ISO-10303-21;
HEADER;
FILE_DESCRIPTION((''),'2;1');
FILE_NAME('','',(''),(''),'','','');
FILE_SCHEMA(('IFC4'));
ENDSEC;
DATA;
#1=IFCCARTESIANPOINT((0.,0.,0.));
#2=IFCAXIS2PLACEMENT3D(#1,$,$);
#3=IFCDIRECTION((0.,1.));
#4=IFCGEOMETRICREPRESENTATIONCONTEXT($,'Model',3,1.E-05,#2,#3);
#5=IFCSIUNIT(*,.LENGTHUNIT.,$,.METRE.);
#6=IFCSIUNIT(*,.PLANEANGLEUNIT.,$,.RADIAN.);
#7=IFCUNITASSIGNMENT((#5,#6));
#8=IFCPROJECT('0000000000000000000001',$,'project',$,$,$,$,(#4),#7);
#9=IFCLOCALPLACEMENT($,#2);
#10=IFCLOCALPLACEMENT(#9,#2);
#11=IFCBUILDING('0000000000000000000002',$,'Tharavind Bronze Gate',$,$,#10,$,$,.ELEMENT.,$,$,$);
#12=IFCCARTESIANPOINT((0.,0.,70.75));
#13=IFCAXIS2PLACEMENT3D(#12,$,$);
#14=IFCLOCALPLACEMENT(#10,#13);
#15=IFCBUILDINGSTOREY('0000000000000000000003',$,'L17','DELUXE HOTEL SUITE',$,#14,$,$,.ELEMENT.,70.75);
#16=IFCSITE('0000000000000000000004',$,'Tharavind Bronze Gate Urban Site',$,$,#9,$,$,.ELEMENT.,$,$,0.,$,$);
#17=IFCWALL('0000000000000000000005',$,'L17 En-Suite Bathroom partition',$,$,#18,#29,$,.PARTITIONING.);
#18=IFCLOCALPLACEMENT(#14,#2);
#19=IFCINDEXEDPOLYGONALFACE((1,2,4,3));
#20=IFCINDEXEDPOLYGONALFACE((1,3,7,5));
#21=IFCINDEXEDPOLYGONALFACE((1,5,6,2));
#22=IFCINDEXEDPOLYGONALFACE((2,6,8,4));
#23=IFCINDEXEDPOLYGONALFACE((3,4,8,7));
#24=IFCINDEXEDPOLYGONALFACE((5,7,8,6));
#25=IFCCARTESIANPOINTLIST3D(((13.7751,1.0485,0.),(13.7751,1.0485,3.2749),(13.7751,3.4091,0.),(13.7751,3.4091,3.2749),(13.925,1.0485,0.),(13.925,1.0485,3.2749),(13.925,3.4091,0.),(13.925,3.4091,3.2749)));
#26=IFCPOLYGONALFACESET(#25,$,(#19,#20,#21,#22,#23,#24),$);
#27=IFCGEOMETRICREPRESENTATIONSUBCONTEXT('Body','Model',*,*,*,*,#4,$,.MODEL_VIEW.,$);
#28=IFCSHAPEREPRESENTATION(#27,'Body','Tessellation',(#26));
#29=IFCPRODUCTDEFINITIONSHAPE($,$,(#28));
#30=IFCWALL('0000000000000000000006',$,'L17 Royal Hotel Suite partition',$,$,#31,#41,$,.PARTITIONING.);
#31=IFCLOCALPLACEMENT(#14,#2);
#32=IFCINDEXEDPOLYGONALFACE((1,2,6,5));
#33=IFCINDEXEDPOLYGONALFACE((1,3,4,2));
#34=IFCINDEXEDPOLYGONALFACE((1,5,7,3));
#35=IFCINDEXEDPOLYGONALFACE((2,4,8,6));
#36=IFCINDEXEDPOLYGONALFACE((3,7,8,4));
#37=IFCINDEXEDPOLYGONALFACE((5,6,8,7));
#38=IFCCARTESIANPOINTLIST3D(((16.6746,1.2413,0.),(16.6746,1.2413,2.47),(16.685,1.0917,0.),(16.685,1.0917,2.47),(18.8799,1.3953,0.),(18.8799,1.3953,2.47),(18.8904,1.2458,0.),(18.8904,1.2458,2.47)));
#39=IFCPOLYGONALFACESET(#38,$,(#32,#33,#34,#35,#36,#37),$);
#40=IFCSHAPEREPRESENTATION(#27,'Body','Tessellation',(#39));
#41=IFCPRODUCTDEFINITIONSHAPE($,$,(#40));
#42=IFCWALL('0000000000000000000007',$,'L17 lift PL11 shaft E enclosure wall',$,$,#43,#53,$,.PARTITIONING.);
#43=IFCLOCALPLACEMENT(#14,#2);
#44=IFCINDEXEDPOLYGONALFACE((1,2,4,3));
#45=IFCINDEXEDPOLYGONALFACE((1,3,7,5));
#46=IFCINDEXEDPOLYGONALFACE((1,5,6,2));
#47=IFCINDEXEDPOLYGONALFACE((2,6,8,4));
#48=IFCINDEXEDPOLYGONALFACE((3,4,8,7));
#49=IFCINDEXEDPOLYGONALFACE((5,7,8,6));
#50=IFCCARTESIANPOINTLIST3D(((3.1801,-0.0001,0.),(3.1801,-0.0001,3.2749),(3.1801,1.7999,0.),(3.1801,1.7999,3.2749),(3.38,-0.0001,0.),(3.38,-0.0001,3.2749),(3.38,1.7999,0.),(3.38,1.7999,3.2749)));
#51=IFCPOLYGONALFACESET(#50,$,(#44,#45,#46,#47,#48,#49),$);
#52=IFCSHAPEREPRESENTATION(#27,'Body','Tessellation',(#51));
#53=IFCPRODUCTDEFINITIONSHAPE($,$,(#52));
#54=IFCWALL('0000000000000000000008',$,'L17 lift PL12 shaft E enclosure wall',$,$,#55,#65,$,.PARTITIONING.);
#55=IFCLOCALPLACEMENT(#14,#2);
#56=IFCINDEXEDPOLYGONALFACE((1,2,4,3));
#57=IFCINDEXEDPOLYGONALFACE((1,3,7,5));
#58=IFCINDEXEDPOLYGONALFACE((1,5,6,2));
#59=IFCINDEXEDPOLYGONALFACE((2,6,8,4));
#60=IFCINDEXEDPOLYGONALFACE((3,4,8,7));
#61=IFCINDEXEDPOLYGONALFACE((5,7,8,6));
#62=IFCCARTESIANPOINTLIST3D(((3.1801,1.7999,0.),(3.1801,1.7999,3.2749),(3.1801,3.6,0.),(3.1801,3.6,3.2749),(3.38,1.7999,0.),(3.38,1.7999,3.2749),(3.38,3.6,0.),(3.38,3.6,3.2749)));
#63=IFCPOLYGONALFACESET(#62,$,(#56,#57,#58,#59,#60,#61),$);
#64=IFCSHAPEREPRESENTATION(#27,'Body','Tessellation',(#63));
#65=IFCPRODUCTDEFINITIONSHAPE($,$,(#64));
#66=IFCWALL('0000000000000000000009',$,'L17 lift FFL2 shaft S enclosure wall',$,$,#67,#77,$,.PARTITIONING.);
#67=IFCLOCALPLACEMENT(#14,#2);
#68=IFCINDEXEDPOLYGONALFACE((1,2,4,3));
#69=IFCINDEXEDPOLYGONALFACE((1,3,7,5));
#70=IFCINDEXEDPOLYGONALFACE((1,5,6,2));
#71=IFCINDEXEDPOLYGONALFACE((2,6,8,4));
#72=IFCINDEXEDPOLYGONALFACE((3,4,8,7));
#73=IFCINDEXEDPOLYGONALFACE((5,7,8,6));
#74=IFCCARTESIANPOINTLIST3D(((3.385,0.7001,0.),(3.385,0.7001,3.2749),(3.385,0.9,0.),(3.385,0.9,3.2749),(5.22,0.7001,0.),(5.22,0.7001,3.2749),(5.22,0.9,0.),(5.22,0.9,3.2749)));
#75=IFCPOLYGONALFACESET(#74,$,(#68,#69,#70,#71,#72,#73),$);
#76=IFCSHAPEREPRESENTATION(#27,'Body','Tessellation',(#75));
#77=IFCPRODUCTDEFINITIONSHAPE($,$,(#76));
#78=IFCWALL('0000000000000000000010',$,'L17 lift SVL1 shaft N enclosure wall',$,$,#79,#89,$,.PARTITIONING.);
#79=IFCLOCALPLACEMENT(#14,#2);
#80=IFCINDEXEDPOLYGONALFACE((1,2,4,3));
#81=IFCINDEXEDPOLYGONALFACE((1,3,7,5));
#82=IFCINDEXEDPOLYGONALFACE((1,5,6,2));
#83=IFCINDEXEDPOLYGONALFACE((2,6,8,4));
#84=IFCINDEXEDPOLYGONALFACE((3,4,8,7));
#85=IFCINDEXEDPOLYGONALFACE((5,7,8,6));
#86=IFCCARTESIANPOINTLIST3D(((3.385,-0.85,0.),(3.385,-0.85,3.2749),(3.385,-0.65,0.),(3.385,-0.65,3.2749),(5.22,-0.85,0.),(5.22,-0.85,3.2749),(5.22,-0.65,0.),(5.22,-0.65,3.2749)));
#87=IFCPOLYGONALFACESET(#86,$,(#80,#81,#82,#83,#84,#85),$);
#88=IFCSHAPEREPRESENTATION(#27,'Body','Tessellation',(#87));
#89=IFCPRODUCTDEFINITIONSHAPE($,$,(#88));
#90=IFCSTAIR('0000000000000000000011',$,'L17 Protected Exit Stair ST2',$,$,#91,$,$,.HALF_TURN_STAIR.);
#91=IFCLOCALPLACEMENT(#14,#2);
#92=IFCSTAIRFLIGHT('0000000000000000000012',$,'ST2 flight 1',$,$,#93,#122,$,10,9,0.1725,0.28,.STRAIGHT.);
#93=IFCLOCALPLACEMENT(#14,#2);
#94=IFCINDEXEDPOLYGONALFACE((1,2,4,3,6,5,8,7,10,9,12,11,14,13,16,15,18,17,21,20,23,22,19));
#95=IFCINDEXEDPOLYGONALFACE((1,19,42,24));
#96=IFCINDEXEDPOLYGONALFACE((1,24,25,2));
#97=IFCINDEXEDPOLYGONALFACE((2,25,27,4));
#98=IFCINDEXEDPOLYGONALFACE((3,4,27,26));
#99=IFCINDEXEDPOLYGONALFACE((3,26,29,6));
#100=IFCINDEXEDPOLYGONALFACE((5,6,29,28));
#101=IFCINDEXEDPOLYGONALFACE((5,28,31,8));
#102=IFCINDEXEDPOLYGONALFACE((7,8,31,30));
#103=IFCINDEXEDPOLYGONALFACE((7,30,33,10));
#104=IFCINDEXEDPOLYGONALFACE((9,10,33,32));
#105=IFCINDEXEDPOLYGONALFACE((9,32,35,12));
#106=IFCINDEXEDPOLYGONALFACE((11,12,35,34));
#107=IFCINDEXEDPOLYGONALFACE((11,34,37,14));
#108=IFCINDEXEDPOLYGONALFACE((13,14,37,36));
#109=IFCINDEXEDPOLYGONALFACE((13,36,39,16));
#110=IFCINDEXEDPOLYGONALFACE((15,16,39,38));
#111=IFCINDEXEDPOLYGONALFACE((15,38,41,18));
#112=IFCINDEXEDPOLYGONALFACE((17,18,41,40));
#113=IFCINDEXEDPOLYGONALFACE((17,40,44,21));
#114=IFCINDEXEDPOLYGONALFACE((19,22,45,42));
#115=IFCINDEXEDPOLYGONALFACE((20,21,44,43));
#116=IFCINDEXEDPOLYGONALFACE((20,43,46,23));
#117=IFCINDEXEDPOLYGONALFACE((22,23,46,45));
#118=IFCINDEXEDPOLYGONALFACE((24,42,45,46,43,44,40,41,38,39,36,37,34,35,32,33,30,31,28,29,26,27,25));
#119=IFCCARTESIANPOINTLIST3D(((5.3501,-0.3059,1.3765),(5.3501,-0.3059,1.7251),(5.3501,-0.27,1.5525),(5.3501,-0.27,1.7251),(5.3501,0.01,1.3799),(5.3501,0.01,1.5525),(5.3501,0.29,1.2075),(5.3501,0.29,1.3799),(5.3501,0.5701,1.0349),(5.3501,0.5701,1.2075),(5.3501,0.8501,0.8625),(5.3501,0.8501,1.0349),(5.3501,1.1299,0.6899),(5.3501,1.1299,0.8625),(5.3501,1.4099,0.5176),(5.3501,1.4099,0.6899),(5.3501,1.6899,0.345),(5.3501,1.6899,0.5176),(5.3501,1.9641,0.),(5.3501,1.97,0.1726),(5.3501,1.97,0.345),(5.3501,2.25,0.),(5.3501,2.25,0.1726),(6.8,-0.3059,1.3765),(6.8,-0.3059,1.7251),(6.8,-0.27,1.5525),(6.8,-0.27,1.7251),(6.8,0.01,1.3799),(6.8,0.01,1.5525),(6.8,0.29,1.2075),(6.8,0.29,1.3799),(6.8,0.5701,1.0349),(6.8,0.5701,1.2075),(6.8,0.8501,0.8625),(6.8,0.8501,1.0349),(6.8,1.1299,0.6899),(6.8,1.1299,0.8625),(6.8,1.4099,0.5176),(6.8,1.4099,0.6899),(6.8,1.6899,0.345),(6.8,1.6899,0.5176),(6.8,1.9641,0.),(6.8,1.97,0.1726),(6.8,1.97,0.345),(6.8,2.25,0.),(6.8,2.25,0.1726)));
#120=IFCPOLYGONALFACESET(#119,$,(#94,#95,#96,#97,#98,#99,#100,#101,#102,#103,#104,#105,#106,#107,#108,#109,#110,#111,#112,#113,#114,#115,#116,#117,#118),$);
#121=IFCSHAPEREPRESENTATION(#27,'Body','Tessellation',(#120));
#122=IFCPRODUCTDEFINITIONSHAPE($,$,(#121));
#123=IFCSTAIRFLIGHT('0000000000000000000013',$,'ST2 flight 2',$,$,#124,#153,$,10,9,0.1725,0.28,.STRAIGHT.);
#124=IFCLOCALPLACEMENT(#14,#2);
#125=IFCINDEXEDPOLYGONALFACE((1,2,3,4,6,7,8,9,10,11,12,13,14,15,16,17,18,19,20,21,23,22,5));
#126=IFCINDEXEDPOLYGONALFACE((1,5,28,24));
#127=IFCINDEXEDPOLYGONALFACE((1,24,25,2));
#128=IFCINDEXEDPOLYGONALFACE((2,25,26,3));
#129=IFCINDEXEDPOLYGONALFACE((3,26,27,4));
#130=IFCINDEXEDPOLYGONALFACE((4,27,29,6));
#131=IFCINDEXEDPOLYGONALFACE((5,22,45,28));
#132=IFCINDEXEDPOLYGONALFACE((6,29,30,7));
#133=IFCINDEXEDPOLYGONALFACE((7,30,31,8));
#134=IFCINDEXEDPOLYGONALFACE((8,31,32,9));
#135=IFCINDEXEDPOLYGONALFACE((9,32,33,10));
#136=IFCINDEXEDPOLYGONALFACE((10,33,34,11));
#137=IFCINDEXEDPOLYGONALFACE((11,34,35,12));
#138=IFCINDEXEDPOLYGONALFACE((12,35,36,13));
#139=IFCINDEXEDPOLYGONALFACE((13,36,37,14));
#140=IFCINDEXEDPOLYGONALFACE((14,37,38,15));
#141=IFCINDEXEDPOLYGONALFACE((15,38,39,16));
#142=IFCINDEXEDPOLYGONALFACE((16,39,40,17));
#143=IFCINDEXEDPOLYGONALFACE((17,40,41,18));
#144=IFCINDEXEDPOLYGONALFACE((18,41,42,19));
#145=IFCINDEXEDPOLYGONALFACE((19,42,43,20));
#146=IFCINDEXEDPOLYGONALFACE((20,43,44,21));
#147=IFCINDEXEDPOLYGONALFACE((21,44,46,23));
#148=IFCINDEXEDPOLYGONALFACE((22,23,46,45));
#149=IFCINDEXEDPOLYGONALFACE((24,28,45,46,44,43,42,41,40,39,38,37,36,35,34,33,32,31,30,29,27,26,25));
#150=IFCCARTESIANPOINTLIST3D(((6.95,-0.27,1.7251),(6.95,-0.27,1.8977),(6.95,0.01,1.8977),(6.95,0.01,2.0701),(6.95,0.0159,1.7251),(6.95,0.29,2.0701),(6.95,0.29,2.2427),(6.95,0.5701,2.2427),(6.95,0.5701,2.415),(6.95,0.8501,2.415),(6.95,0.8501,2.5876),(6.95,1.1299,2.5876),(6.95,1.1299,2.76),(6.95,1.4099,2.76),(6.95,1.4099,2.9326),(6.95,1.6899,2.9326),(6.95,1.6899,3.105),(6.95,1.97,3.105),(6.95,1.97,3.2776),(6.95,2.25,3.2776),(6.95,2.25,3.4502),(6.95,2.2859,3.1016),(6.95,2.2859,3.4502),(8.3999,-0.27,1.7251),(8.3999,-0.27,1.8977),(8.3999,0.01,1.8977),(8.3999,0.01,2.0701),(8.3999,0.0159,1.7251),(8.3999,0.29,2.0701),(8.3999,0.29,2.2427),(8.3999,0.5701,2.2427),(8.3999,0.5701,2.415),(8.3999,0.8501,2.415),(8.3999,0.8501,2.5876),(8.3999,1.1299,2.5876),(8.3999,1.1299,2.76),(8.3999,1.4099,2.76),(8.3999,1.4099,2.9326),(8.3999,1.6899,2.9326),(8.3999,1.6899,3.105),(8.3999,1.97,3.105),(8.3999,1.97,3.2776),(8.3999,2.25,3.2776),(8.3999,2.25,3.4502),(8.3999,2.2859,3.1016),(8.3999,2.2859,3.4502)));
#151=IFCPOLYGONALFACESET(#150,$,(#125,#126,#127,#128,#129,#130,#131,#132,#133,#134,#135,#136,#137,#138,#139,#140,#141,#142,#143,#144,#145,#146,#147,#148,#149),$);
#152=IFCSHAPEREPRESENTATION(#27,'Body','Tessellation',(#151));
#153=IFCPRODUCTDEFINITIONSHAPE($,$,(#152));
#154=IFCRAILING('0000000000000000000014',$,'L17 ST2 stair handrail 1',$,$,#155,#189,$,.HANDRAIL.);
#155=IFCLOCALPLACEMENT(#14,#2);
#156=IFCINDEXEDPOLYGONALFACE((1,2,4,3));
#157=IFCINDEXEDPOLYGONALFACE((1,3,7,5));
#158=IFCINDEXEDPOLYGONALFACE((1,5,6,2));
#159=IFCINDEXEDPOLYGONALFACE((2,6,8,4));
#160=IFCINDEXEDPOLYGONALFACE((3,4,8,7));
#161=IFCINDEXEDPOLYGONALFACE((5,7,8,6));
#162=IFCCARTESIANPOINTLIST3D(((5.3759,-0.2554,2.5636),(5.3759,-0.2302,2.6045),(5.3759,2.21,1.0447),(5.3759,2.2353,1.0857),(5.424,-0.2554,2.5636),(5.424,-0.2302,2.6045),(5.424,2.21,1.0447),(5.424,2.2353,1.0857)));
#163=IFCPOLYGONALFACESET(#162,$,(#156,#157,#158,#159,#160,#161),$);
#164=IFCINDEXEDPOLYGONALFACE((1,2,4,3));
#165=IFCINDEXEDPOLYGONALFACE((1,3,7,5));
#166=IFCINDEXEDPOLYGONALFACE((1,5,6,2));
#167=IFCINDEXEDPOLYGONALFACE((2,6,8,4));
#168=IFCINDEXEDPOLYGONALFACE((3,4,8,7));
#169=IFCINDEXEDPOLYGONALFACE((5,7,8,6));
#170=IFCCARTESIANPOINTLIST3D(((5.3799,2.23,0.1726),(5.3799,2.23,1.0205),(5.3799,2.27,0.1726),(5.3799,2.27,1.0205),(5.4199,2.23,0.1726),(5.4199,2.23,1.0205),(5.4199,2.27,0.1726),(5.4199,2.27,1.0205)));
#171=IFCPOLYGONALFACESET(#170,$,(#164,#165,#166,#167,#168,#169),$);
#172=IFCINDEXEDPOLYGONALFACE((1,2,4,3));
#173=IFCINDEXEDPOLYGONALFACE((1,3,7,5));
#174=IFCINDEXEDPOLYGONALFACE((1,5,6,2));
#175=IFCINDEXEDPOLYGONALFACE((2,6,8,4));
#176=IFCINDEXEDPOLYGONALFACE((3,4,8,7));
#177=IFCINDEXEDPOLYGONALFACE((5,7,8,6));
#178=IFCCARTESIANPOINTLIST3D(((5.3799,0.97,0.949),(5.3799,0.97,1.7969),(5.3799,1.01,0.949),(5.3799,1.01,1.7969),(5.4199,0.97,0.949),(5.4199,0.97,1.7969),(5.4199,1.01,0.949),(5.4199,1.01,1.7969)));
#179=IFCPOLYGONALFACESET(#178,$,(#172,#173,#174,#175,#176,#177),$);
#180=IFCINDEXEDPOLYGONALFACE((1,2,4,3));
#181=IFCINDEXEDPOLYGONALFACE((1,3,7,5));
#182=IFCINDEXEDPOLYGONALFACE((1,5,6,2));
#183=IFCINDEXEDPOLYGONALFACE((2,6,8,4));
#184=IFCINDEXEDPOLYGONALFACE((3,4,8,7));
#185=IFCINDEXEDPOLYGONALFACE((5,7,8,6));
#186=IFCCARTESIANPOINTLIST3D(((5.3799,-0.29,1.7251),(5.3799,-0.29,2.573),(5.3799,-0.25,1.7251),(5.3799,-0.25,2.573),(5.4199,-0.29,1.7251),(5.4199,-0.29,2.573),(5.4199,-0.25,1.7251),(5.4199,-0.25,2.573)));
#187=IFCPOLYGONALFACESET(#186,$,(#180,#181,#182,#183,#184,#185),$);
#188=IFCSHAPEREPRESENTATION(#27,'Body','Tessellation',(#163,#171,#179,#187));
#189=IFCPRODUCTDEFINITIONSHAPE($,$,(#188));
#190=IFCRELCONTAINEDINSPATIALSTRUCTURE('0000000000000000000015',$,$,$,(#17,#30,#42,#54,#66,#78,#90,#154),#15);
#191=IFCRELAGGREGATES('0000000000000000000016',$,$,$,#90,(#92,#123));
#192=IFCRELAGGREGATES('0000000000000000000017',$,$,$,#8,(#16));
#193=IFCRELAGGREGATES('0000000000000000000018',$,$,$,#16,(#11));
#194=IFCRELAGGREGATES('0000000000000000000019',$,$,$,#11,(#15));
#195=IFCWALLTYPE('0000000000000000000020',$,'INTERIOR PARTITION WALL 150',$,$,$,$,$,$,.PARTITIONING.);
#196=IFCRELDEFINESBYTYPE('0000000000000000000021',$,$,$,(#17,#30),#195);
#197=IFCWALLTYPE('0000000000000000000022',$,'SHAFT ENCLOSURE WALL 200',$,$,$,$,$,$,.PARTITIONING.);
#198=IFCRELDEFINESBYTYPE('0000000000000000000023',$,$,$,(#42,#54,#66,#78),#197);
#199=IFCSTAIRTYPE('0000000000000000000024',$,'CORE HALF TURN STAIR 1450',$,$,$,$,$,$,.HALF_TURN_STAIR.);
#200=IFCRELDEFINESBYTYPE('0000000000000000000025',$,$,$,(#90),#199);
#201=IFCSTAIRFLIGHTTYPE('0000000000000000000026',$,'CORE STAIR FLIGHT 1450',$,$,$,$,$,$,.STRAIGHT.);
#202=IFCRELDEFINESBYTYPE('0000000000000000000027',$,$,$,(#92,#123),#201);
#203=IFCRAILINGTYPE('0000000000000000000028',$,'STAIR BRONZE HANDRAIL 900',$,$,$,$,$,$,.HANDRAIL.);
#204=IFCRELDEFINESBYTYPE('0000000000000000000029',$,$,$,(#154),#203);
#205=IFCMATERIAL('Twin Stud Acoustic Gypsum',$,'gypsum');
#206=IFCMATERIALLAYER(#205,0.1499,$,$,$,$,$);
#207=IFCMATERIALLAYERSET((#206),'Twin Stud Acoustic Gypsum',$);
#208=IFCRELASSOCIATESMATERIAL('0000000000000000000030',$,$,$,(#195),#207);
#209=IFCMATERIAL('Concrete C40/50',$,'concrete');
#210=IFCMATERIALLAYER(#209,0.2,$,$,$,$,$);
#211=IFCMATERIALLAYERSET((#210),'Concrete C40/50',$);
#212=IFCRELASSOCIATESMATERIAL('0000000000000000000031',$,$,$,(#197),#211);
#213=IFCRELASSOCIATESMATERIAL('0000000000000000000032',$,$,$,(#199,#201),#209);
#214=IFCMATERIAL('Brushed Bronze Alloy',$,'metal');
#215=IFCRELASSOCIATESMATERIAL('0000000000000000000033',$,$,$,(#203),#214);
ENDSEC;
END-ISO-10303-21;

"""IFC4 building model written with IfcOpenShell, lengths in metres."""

from ifc_helpers import new_model, si_unit, direction, frame, frame_2d, origin, origin_2d, place, context, subcontext, project, spatial, polyline, rectangle, outline, extrude, material, layer, layer_set, type_object, element, aggregate, save


model = new_model("IFC4")

# Units and contexts
model_context = context("Model", 3, precision=1e-05, world=origin(), true_north=direction((0.0, 1.0)))
body_context = subcontext(model_context, "Body", "Model", "MODEL_VIEW")
ifc_project = project(units=[si_unit("LENGTHUNIT", "METRE"), si_unit("PLANEANGLEUNIT", "RADIAN")], contexts=[model_context])

# Site, building, storey
site_placement = place(None, origin())
site = spatial("IfcSite", under=ifc_project, at=site_placement, Name="Tharavind Bronze Gate Urban Site", CompositionType="ELEMENT", RefElevation=0.0)
building_placement = place(site_placement, origin())
building = spatial("IfcBuilding", under=site, at=building_placement, Name="Tharavind Bronze Gate", CompositionType="ELEMENT")
storey_placement = place(building_placement, frame((0.0, 0.0, 70.75)))
storey = spatial("IfcBuildingStorey", under=building, at=storey_placement, Name="L17", Description="DELUXE HOTEL SUITE", CompositionType="ELEMENT", Elevation=70.75)

# Shared definitions
ifc_material_1 = material(Name="Twin Stud Acoustic Gypsum", Category="gypsum")
ifc_layer_1 = layer(ifc_material_1, 0.1499)
ifc_layer_set_1 = layer_set([ifc_layer_1], Name="Twin Stud Acoustic Gypsum")
wall_type_1 = type_object("IfcWallType", Name="INTERIOR PARTITION WALL 150", PredefinedType="PARTITIONING", material=ifc_layer_set_1)

# Walls
wall_1_placement = place(storey_placement, frame((13.8501, 1.0486, 0.0), z_axis=(0.0, 0.0, 1.0), x_axis=(0.0, 1.0, 0.0)))
element("IfcWall", 1, at=wall_1_placement, inside=storey, type_object=wall_type_1, Name="L17 En-Suite Bathroom partition", PredefinedType="PARTITIONING", context=body_context, shape_type="SweptSolid", body=[
    extrude(rectangle(XDim=2.3606, YDim=0.1499, at=frame_2d((1.1802, 0.0))), origin(), (0.0, 0.0, 1.0), 3.2749),
])
wall_2_placement = place(storey_placement, frame((18.8853, 1.3206, 0.0), z_axis=(0.0, 0.0, 1.0), x_axis=(-0.997569, -0.069685, 0.0)))
element("IfcWall", 2, at=wall_2_placement, inside=storey, type_object=wall_type_1, Name="L17 Royal Hotel Suite partition", PredefinedType="PARTITIONING", context=body_context, shape_type="SweptSolid", body=[
    extrude(rectangle(XDim=2.2107, YDim=0.1499, at=frame_2d((1.1055, 0.0))), origin(), (0.0, 0.0, 1.0), 2.47),
])
ifc_material_2 = material(Name="Concrete C40/50", Category="concrete")
ifc_layer_2 = layer(ifc_material_2, 0.2)
ifc_layer_set_2 = layer_set([ifc_layer_2], Name="Concrete C40/50")
wall_type_2 = type_object("IfcWallType", Name="SHAFT ENCLOSURE WALL 200", PredefinedType="PARTITIONING", material=ifc_layer_set_2)
for number, where, z_axis, x_axis, name in (
    (3, (3.28, 0.0, 0.0), (0.0, 0.0, 1.0), (0.0, 1.0, 0.0), "L17 lift PL11 shaft E enclosure wall"),
    (4, (3.28, 1.8, 0.0), (0.0, 0.0, 1.0), (0.0, 1.0, 0.0), "L17 lift PL12 shaft E enclosure wall"),
):
    element("IfcWall", number, at=place(storey_placement, frame(where, z_axis=z_axis, x_axis=x_axis)), inside=storey, type_object=wall_type_2, Name=name, PredefinedType="PARTITIONING", context=body_context, shape_type="SweptSolid", body=[
        extrude(rectangle(XDim=1.8, YDim=0.2, at=frame_2d((0.8999, 0.0))), origin(), (0.0, 0.0, 1.0), 3.2749),
    ])
for number, where, z_axis, x_axis, name in (
    (5, (3.385, 0.8, 0.0), (0.0, 0.0, 1.0), (1.0, 0.0, 0.0), "L17 lift FFL2 shaft S enclosure wall"),
    (6, (3.385, -0.75, 0.0), (0.0, 0.0, 1.0), (1.0, 0.0, 0.0), "L17 lift SVL1 shaft N enclosure wall"),
):
    element("IfcWall", number, at=place(storey_placement, frame(where, z_axis=z_axis, x_axis=x_axis)), inside=storey, type_object=wall_type_2, Name=name, PredefinedType="PARTITIONING", context=body_context, shape_type="SweptSolid", body=[
        extrude(rectangle(XDim=1.835, YDim=0.2, at=frame_2d((0.9175, 0.0))), origin(), (0.0, 0.0, 1.0), 3.2749),
    ])

# Stair, stair flights
stair_type = type_object("IfcStairType", Name="CORE HALF TURN STAIR 1450", PredefinedType="HALF_TURN_STAIR", material=ifc_material_2)
stair_placement = place(storey_placement, origin())
stair = element("IfcStair", 7, at=stair_placement, inside=storey, type_object=stair_type, Name="L17 Protected Exit Stair ST2", PredefinedType="HALF_TURN_STAIR")
stair_flight_type = type_object("IfcStairFlightType", Name="CORE STAIR FLIGHT 1450", PredefinedType="STRAIGHT", material=ifc_material_2)
stair_flight_1_placement = place(storey_placement, frame((6.075, 2.25, 0.0), z_axis=(0.0, 0.0, 1.0), x_axis=(0.0, -1.0, 0.0)))
stair_flight_1 = element("IfcStairFlight", 8, at=stair_flight_1_placement, type_object=stair_flight_type, Name="ST2 flight 1", NumberOfRisers=10, NumberOfTreads=9, PredefinedType="STRAIGHT", RiserHeight=0.1725, TreadLength=0.28, context=body_context, shape_type="SweptSolid", body=[
    extrude(outline(polyline([(0.0, 0.0), (0.0, 0.1726), (0.28, 0.1726), (0.28, 0.345), (0.5601, 0.345), (0.5601, 0.5176), (0.8401, 0.5176), (0.8401, 0.6899), (1.1201, 0.6899), (1.1201, 0.8625), (1.3999, 0.8625), (1.3999, 1.0349), (1.6799, 1.0349), (1.6799, 1.2075), (1.96, 1.2075), (1.96, 1.3799), (2.24, 1.3799), (2.24, 1.5525), (2.52, 1.5525), (2.52, 1.7251), (2.5559, 1.7251), (2.5559, 1.3765), (0.2859, 0.0), (0.0, 0.0)])), frame((0.0, 0.7251, 0.0), z_axis=(0.0, -1.0, 0.0), x_axis=(1.0, 0.0, 0.0)), (0.0, 0.0, 1.0), 1.45),
])
stair_flight_2_placement = place(storey_placement, frame((7.675, -0.27, 1.7251), z_axis=(0.0, 0.0, 1.0), x_axis=(0.0, 1.0, 0.0)))
stair_flight_2 = element("IfcStairFlight", 9, at=stair_flight_2_placement, type_object=stair_flight_type, Name="ST2 flight 2", NumberOfRisers=10, NumberOfTreads=9, PredefinedType="STRAIGHT", RiserHeight=0.1725, TreadLength=0.28, context=body_context, shape_type="SweptSolid", body=[
    extrude(outline(polyline([(0.0, 0.0), (0.0, 0.1726), (0.28, 0.1726), (0.28, 0.345), (0.5601, 0.345), (0.5601, 0.5176), (0.8401, 0.5176), (0.8401, 0.6899), (1.1201, 0.6899), (1.1201, 0.8625), (1.3999, 0.8625), (1.3999, 1.0349), (1.6799, 1.0349), (1.6799, 1.2075), (1.96, 1.2075), (1.96, 1.3799), (2.24, 1.3799), (2.24, 1.5525), (2.52, 1.5525), (2.52, 1.7251), (2.5559, 1.7251), (2.5559, 1.3765), (0.2859, 0.0), (0.0, 0.0)])), frame((0.0, 0.7251, 0.0), z_axis=(0.0, -1.0, 0.0), x_axis=(1.0, 0.0, 0.0)), (0.0, 0.0, 1.0), 1.45),
])
aggregate(stair, [stair_flight_1, stair_flight_2])

# Railing
ifc_material_3 = material(Name="Brushed Bronze Alloy", Category="metal")
railing_type_1 = type_object("IfcRailingType", Name="STAIR BRONZE HANDRAIL 900", PredefinedType="HANDRAIL", material=ifc_material_3)
railing_1_placement = place(storey_placement, frame((5.3999, 2.25, 0.1726)))
element("IfcRailing", 10, at=railing_1_placement, inside=storey, type_object=railing_type_1, Name="L17 ST2 stair handrail 1", PredefinedType="HANDRAIL", context=body_context, shape_type="SweptSolid", body=[
    extrude(rectangle(XDim=0.0481, YDim=0.0481, at=origin_2d()), frame((0.0, -0.0273, 0.8926), z_axis=(0.0, -0.8514, 0.524516), x_axis=(1.0, 0.0, 0.0)), (0.0, 0.0, 1.0), 2.8958),
    extrude(rectangle(XDim=0.04, YDim=0.04, at=origin_2d()), origin(), (0.0, 0.0, 1.0), 0.8479),
    extrude(rectangle(XDim=0.04, YDim=0.04, at=origin_2d()), frame((0.0, -1.26, 0.7764)), (0.0, 0.0, 1.0), 0.8479),
    extrude(rectangle(XDim=0.04, YDim=0.04, at=origin_2d()), frame((0.0, -2.52, 1.5525)), (0.0, 0.0, 1.0), 0.8479),
])

save(model, "model.ifc")
